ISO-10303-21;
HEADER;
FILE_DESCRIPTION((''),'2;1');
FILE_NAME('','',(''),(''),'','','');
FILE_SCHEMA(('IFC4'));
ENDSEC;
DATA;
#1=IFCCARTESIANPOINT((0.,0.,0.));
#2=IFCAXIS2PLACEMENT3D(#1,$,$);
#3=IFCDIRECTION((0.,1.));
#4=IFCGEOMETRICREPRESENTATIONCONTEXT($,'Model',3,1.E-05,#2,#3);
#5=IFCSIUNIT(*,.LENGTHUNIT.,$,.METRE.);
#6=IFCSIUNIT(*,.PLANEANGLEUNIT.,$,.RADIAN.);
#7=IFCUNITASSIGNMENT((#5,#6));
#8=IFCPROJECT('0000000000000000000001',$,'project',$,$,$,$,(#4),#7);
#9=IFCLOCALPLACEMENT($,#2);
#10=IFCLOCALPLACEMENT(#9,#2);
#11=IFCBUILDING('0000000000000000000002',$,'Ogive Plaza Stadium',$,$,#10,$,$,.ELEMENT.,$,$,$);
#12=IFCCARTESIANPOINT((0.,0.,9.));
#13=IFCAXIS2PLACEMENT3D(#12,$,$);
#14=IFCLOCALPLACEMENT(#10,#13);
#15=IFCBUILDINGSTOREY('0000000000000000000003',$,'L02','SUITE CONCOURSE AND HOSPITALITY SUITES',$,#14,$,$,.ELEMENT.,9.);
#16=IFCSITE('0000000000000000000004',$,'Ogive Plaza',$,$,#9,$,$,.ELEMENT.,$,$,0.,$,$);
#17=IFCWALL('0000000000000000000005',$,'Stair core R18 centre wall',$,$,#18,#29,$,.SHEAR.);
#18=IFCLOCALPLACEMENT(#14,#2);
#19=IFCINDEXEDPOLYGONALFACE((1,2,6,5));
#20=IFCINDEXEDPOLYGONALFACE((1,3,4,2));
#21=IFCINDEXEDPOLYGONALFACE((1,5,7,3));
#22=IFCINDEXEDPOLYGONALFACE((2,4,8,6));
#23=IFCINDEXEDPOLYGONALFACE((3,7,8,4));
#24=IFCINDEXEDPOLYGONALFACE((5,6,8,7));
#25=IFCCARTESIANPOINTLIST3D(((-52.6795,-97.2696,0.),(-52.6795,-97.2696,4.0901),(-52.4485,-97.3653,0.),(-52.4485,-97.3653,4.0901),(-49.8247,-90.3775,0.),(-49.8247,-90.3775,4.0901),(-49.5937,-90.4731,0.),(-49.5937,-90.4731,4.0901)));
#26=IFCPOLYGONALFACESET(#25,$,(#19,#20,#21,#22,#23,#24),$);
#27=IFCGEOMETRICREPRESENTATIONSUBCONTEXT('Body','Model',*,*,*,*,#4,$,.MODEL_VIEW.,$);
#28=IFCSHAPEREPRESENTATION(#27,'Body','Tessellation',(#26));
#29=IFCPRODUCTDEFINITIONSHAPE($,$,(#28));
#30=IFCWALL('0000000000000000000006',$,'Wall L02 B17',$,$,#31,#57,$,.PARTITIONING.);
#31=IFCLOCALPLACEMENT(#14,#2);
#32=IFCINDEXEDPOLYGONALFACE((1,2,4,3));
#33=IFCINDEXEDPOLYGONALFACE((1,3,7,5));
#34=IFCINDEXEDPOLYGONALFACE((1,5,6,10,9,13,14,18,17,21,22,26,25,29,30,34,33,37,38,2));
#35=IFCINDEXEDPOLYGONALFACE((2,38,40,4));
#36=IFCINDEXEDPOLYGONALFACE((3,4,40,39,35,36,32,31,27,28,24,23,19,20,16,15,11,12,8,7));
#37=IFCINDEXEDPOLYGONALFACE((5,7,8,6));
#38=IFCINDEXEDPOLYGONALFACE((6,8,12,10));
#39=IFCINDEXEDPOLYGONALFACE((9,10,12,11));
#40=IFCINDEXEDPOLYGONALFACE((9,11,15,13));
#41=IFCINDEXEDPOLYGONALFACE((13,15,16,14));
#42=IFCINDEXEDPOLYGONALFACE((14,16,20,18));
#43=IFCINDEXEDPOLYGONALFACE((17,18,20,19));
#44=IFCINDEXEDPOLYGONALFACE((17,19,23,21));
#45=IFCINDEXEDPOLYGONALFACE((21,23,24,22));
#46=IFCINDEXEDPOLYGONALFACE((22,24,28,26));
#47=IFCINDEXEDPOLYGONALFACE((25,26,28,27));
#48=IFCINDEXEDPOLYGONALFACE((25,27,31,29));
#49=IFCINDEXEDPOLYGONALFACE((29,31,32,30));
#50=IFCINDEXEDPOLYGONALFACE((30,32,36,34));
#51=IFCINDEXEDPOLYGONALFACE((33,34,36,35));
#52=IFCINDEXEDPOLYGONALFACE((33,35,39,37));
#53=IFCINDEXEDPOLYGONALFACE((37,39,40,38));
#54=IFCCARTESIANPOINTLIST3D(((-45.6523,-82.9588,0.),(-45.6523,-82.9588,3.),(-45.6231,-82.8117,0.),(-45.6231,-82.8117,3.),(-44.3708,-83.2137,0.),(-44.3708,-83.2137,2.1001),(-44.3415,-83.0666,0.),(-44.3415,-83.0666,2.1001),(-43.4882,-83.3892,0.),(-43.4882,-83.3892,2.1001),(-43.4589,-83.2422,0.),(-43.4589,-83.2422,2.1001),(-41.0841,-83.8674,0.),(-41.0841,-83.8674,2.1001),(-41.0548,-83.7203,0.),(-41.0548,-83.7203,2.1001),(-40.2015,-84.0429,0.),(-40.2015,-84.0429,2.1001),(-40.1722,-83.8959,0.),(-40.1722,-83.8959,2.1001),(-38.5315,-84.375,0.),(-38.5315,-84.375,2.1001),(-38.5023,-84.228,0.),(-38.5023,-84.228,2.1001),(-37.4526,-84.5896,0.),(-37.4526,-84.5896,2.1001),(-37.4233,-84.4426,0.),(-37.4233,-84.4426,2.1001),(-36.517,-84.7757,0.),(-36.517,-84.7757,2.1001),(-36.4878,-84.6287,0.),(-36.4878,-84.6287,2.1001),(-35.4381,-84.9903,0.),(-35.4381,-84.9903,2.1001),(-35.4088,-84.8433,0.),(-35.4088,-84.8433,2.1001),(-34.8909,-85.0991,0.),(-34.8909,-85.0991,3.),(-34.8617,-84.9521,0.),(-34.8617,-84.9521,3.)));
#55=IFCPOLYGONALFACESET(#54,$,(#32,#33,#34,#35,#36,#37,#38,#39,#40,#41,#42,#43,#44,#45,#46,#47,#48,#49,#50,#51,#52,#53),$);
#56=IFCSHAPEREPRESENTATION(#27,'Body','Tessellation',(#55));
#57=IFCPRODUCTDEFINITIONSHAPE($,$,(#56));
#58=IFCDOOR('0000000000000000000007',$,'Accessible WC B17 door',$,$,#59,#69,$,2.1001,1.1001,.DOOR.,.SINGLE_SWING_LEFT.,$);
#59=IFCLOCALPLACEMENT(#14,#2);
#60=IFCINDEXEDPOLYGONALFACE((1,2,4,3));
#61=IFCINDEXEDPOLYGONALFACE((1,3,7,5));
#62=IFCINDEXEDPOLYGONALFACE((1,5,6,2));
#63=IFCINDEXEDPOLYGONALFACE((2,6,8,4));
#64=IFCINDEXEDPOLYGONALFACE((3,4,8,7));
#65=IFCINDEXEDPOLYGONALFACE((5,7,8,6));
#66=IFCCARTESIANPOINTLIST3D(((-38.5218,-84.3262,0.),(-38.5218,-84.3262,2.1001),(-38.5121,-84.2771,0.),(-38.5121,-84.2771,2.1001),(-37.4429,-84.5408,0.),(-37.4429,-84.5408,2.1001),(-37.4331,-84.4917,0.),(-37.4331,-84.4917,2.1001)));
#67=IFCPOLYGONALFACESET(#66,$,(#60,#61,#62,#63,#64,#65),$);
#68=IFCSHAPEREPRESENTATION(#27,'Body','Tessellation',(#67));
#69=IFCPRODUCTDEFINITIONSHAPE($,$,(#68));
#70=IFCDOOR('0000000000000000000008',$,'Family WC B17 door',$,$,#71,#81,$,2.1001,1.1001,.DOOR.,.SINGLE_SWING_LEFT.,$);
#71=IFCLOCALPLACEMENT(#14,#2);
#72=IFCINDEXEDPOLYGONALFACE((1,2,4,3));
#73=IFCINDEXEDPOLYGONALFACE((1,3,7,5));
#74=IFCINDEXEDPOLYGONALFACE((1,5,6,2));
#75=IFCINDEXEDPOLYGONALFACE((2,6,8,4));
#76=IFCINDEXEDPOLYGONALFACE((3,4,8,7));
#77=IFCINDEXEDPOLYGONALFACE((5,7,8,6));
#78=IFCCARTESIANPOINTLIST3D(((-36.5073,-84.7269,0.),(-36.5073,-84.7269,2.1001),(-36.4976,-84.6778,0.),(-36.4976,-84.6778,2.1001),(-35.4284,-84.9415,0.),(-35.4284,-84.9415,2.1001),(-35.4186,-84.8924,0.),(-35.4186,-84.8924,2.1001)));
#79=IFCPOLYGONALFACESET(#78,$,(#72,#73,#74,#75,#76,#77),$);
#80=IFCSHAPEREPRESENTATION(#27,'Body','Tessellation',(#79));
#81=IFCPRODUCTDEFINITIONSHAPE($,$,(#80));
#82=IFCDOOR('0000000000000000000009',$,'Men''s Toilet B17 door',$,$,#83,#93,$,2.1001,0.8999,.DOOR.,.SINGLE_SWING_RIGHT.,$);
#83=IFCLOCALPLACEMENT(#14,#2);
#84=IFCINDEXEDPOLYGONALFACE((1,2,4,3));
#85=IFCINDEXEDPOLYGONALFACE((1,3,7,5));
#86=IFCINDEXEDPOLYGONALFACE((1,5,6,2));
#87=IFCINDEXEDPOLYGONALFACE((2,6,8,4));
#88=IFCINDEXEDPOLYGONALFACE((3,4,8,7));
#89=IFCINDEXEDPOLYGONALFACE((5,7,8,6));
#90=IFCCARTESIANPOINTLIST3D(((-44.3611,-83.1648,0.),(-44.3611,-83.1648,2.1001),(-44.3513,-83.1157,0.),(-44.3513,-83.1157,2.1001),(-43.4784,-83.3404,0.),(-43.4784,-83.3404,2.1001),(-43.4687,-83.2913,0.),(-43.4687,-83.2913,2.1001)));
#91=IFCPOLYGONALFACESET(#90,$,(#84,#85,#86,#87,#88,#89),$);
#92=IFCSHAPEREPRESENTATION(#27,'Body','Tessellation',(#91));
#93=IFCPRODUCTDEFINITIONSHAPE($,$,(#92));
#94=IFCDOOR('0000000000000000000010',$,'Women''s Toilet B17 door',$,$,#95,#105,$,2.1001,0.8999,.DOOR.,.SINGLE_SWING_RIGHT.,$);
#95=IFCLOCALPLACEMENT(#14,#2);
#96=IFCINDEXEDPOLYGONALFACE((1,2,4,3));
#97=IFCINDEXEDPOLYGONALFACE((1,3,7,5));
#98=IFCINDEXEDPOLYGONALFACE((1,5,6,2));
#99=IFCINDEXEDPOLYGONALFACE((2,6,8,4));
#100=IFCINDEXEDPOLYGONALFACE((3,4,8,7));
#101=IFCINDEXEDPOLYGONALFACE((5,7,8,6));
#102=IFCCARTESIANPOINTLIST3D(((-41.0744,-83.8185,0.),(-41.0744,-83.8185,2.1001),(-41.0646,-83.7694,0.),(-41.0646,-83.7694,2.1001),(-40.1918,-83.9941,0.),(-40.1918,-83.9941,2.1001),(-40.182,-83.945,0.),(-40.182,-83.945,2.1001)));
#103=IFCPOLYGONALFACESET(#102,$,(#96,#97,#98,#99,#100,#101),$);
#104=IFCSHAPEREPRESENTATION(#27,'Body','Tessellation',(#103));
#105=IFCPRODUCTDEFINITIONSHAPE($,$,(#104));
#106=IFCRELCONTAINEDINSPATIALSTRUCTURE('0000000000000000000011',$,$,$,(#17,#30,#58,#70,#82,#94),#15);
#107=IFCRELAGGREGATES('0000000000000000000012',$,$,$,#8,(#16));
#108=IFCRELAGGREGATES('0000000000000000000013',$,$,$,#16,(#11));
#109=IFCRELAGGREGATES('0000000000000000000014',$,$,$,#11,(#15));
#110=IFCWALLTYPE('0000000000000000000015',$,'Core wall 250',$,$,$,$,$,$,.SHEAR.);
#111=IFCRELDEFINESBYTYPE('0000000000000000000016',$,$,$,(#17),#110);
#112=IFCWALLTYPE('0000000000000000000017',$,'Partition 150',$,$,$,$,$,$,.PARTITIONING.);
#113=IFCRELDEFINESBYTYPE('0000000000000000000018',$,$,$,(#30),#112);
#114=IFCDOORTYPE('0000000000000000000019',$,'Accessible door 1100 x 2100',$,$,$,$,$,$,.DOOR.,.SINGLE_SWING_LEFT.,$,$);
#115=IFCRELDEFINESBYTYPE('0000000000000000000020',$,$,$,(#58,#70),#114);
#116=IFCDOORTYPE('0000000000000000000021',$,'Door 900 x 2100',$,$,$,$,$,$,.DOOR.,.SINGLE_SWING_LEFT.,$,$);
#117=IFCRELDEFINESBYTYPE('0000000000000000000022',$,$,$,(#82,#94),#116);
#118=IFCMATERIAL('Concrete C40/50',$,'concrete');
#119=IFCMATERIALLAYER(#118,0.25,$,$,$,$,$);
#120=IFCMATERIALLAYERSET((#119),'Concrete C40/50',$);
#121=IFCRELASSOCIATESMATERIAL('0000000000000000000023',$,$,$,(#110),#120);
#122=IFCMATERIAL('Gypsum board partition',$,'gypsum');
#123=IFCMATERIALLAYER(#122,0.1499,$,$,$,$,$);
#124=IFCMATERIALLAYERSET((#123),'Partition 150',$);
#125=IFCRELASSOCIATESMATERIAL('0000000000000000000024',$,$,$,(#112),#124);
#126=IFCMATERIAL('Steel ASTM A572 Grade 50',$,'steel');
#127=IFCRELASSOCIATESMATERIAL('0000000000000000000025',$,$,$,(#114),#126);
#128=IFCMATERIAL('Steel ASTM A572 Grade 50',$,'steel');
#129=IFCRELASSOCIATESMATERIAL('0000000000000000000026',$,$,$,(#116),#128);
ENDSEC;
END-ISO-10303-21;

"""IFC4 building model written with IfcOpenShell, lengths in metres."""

from ifc_helpers import new_model, si_unit, direction, frame, frame_2d, origin, place, context, subcontext, project, spatial, rectangle, extrude, material, layer, layer_set, type_object, element, fill, save


model = new_model("IFC4")

# Units and contexts
model_context = context("Model", 3, precision=1e-05, world=origin(), true_north=direction((0.0, 1.0)))
body_context = subcontext(model_context, "Body", "Model", "MODEL_VIEW")
ifc_project = project(units=[si_unit("LENGTHUNIT", "METRE"), si_unit("PLANEANGLEUNIT", "RADIAN")], contexts=[model_context])

# Site, building, storey
site_placement = place(None, origin())
site = spatial("IfcSite", under=ifc_project, at=site_placement, Name="Ogive Plaza", CompositionType="ELEMENT", RefElevation=0.0)
building_placement = place(site_placement, origin())
building = spatial("IfcBuilding", under=site, at=building_placement, Name="Ogive Plaza Stadium", CompositionType="ELEMENT")
storey_placement = place(building_placement, frame((0.0, 0.0, 9.0)))
storey = spatial("IfcBuildingStorey", under=building, at=storey_placement, Name="L02", Description="SUITE CONCOURSE AND HOSPITALITY SUITES", CompositionType="ELEMENT", Elevation=9.0)

# Shared definitions
ifc_material_1 = material(Name="Concrete C40/50", Category="concrete")
ifc_layer_1 = layer(ifc_material_1, 0.25)
ifc_layer_set_1 = layer_set([ifc_layer_1], Name="Concrete C40/50")
wall_type_1 = type_object("IfcWallType", Name="Core wall 250", PredefinedType="SHEAR", material=ifc_layer_set_1)

# Wall
wall_1_placement = place(storey_placement, frame((-49.7092, -90.4253, 0.0), z_axis=(0.0, 0.0, 1.0), x_axis=(-0.382676, -0.923882, 0.0)))
element("IfcWall", 1, at=wall_1_placement, inside=storey, type_object=wall_type_1, Name="Stair core R18 centre wall", PredefinedType="SHEAR", context=body_context, shape_type="SweptSolid", body=[
    extrude(rectangle(XDim=7.46, YDim=0.25, at=frame_2d((3.73, 0.0))), origin(), (0.0, 0.0, 1.0), 4.0901),
])

# Wall, openings, doors
ifc_material_2 = material(Name="Gypsum board partition", Category="gypsum")
ifc_layer_2 = layer(ifc_material_2, 0.1499)
ifc_layer_set_2 = layer_set([ifc_layer_2], Name="Partition 150")
wall_type_2 = type_object("IfcWallType", Name="Partition 150", PredefinedType="PARTITIONING", material=ifc_layer_set_2)
wall_2_placement = place(storey_placement, frame((-45.6377, -82.8853, 0.0), z_axis=(0.0, 0.0, 1.0), x_axis=(0.980789, -0.195072, 0.0)))
wall_2 = element("IfcWall", 2, at=wall_2_placement, inside=storey, type_object=wall_type_2, Name="Wall L02 B17", PredefinedType="PARTITIONING", context=body_context, shape_type="SweptSolid", body=[
    extrude(rectangle(XDim=10.9722, YDim=0.1499, at=frame_2d((5.4861, 0.0))), origin(), (0.0, 0.0, 1.0), 3.0),
])
opening_1_placement = place(wall_2_placement, frame((1.3066, 0.0, 0.0)))
opening_1 = element("IfcOpeningElement", 3, at=opening_1_placement, cuts=wall_2, PredefinedType="OPENING", context=body_context, shape_type="SweptSolid", body=[
    extrude(rectangle(XDim=0.8999, YDim=2.1001, at=frame_2d((0.45, 1.05))), frame((0.0, 0.075, 0.0), z_axis=(0.0, -1.0, 0.0), x_axis=(1.0, 0.0, 0.0)), (0.0, 0.0, 1.0), 0.1499),
])
opening_2_placement = place(wall_2_placement, frame((4.6577, 0.0, 0.0)))
opening_2 = element("IfcOpeningElement", 4, at=opening_2_placement, cuts=wall_2, PredefinedType="OPENING", context=body_context, shape_type="SweptSolid", body=[
    extrude(rectangle(XDim=0.8999, YDim=2.1001, at=frame_2d((0.45, 1.05))), frame((0.0, 0.075, 0.0), z_axis=(0.0, -1.0, 0.0), x_axis=(1.0, 0.0, 0.0)), (0.0, 0.0, 1.0), 0.1499),
])
opening_3_placement = place(wall_2_placement, frame((7.2603, 0.0, 0.0)))
opening_3 = element("IfcOpeningElement", 5, at=opening_3_placement, cuts=wall_2, PredefinedType="OPENING", context=body_context, shape_type="SweptSolid", body=[
    extrude(rectangle(XDim=1.1001, YDim=2.1001, at=frame_2d((0.55, 1.05))), frame((0.0, 0.075, 0.0), z_axis=(0.0, -1.0, 0.0), x_axis=(1.0, 0.0, 0.0)), (0.0, 0.0, 1.0), 0.1499),
])
opening_4_placement = place(wall_2_placement, frame((9.3142, 0.0, 0.0)))
opening_4 = element("IfcOpeningElement", 6, at=opening_4_placement, cuts=wall_2, PredefinedType="OPENING", context=body_context, shape_type="SweptSolid", body=[
    extrude(rectangle(XDim=1.1001, YDim=2.1001, at=frame_2d((0.55, 1.05))), frame((0.0, 0.075, 0.0), z_axis=(0.0, -1.0, 0.0), x_axis=(1.0, 0.0, 0.0)), (0.0, 0.0, 1.0), 0.1499),
])
ifc_material_3 = material(Name="Steel ASTM A572 Grade 50", Category="steel")
door_type_1 = type_object("IfcDoorType", Name="Accessible door 1100 x 2100", OperationType="SINGLE_SWING_LEFT", PredefinedType="DOOR", material=ifc_material_3)
door_1_placement = place(opening_3_placement, origin())
door_1 = element("IfcDoor", 7, at=door_1_placement, inside=storey, type_object=door_type_1, Name="Accessible WC B17 door", OperationType="SINGLE_SWING_LEFT", OverallHeight=2.1001, OverallWidth=1.1001, PredefinedType="DOOR", context=body_context, shape_type="SweptSolid", body=[
    extrude(rectangle(XDim=1.1001, YDim=2.1001, at=frame_2d((0.55, 1.05))), frame((0.0, 0.0249, 0.0), z_axis=(0.0, -1.0, 0.0), x_axis=(1.0, 0.0, 0.0)), (0.0, 0.0, 1.0), 0.05),
])
fill(opening_3, door_1)
door_2_placement = place(opening_4_placement, origin())
door_2 = element("IfcDoor", 8, at=door_2_placement, inside=storey, type_object=door_type_1, Name="Family WC B17 door", OperationType="SINGLE_SWING_LEFT", OverallHeight=2.1001, OverallWidth=1.1001, PredefinedType="DOOR", context=body_context, shape_type="SweptSolid", body=[
    extrude(rectangle(XDim=1.1001, YDim=2.1001, at=frame_2d((0.55, 1.05))), frame((0.0, 0.0249, 0.0), z_axis=(0.0, -1.0, 0.0), x_axis=(1.0, 0.0, 0.0)), (0.0, 0.0, 1.0), 0.05),
])
fill(opening_4, door_2)
ifc_material_4 = material(Name="Steel ASTM A572 Grade 50", Category="steel")
door_type_2 = type_object("IfcDoorType", Name="Door 900 x 2100", OperationType="SINGLE_SWING_LEFT", PredefinedType="DOOR", material=ifc_material_4)
door_3_placement = place(opening_1_placement, origin())
door_3 = element("IfcDoor", 9, at=door_3_placement, inside=storey, type_object=door_type_2, Name="Men's Toilet B17 door", OperationType="SINGLE_SWING_RIGHT", OverallHeight=2.1001, OverallWidth=0.8999, PredefinedType="DOOR", context=body_context, shape_type="SweptSolid", body=[
    extrude(rectangle(XDim=0.8999, YDim=2.1001, at=frame_2d((0.45, 1.05))), frame((0.0, 0.0249, 0.0), z_axis=(0.0, -1.0, 0.0), x_axis=(1.0, 0.0, 0.0)), (0.0, 0.0, 1.0), 0.05),
])
fill(opening_1, door_3)
door_4_placement = place(opening_2_placement, origin())
door_4 = element("IfcDoor", 10, at=door_4_placement, inside=storey, type_object=door_type_2, Name="Women's Toilet B17 door", OperationType="SINGLE_SWING_RIGHT", OverallHeight=2.1001, OverallWidth=0.8999, PredefinedType="DOOR", context=body_context, shape_type="SweptSolid", body=[
    extrude(rectangle(XDim=0.8999, YDim=2.1001, at=frame_2d((0.45, 1.05))), frame((0.0, 0.0249, 0.0), z_axis=(0.0, -1.0, 0.0), x_axis=(1.0, 0.0, 0.0)), (0.0, 0.0, 1.0), 0.05),
])
fill(opening_2, door_4)

save(model, "model.ifc")
